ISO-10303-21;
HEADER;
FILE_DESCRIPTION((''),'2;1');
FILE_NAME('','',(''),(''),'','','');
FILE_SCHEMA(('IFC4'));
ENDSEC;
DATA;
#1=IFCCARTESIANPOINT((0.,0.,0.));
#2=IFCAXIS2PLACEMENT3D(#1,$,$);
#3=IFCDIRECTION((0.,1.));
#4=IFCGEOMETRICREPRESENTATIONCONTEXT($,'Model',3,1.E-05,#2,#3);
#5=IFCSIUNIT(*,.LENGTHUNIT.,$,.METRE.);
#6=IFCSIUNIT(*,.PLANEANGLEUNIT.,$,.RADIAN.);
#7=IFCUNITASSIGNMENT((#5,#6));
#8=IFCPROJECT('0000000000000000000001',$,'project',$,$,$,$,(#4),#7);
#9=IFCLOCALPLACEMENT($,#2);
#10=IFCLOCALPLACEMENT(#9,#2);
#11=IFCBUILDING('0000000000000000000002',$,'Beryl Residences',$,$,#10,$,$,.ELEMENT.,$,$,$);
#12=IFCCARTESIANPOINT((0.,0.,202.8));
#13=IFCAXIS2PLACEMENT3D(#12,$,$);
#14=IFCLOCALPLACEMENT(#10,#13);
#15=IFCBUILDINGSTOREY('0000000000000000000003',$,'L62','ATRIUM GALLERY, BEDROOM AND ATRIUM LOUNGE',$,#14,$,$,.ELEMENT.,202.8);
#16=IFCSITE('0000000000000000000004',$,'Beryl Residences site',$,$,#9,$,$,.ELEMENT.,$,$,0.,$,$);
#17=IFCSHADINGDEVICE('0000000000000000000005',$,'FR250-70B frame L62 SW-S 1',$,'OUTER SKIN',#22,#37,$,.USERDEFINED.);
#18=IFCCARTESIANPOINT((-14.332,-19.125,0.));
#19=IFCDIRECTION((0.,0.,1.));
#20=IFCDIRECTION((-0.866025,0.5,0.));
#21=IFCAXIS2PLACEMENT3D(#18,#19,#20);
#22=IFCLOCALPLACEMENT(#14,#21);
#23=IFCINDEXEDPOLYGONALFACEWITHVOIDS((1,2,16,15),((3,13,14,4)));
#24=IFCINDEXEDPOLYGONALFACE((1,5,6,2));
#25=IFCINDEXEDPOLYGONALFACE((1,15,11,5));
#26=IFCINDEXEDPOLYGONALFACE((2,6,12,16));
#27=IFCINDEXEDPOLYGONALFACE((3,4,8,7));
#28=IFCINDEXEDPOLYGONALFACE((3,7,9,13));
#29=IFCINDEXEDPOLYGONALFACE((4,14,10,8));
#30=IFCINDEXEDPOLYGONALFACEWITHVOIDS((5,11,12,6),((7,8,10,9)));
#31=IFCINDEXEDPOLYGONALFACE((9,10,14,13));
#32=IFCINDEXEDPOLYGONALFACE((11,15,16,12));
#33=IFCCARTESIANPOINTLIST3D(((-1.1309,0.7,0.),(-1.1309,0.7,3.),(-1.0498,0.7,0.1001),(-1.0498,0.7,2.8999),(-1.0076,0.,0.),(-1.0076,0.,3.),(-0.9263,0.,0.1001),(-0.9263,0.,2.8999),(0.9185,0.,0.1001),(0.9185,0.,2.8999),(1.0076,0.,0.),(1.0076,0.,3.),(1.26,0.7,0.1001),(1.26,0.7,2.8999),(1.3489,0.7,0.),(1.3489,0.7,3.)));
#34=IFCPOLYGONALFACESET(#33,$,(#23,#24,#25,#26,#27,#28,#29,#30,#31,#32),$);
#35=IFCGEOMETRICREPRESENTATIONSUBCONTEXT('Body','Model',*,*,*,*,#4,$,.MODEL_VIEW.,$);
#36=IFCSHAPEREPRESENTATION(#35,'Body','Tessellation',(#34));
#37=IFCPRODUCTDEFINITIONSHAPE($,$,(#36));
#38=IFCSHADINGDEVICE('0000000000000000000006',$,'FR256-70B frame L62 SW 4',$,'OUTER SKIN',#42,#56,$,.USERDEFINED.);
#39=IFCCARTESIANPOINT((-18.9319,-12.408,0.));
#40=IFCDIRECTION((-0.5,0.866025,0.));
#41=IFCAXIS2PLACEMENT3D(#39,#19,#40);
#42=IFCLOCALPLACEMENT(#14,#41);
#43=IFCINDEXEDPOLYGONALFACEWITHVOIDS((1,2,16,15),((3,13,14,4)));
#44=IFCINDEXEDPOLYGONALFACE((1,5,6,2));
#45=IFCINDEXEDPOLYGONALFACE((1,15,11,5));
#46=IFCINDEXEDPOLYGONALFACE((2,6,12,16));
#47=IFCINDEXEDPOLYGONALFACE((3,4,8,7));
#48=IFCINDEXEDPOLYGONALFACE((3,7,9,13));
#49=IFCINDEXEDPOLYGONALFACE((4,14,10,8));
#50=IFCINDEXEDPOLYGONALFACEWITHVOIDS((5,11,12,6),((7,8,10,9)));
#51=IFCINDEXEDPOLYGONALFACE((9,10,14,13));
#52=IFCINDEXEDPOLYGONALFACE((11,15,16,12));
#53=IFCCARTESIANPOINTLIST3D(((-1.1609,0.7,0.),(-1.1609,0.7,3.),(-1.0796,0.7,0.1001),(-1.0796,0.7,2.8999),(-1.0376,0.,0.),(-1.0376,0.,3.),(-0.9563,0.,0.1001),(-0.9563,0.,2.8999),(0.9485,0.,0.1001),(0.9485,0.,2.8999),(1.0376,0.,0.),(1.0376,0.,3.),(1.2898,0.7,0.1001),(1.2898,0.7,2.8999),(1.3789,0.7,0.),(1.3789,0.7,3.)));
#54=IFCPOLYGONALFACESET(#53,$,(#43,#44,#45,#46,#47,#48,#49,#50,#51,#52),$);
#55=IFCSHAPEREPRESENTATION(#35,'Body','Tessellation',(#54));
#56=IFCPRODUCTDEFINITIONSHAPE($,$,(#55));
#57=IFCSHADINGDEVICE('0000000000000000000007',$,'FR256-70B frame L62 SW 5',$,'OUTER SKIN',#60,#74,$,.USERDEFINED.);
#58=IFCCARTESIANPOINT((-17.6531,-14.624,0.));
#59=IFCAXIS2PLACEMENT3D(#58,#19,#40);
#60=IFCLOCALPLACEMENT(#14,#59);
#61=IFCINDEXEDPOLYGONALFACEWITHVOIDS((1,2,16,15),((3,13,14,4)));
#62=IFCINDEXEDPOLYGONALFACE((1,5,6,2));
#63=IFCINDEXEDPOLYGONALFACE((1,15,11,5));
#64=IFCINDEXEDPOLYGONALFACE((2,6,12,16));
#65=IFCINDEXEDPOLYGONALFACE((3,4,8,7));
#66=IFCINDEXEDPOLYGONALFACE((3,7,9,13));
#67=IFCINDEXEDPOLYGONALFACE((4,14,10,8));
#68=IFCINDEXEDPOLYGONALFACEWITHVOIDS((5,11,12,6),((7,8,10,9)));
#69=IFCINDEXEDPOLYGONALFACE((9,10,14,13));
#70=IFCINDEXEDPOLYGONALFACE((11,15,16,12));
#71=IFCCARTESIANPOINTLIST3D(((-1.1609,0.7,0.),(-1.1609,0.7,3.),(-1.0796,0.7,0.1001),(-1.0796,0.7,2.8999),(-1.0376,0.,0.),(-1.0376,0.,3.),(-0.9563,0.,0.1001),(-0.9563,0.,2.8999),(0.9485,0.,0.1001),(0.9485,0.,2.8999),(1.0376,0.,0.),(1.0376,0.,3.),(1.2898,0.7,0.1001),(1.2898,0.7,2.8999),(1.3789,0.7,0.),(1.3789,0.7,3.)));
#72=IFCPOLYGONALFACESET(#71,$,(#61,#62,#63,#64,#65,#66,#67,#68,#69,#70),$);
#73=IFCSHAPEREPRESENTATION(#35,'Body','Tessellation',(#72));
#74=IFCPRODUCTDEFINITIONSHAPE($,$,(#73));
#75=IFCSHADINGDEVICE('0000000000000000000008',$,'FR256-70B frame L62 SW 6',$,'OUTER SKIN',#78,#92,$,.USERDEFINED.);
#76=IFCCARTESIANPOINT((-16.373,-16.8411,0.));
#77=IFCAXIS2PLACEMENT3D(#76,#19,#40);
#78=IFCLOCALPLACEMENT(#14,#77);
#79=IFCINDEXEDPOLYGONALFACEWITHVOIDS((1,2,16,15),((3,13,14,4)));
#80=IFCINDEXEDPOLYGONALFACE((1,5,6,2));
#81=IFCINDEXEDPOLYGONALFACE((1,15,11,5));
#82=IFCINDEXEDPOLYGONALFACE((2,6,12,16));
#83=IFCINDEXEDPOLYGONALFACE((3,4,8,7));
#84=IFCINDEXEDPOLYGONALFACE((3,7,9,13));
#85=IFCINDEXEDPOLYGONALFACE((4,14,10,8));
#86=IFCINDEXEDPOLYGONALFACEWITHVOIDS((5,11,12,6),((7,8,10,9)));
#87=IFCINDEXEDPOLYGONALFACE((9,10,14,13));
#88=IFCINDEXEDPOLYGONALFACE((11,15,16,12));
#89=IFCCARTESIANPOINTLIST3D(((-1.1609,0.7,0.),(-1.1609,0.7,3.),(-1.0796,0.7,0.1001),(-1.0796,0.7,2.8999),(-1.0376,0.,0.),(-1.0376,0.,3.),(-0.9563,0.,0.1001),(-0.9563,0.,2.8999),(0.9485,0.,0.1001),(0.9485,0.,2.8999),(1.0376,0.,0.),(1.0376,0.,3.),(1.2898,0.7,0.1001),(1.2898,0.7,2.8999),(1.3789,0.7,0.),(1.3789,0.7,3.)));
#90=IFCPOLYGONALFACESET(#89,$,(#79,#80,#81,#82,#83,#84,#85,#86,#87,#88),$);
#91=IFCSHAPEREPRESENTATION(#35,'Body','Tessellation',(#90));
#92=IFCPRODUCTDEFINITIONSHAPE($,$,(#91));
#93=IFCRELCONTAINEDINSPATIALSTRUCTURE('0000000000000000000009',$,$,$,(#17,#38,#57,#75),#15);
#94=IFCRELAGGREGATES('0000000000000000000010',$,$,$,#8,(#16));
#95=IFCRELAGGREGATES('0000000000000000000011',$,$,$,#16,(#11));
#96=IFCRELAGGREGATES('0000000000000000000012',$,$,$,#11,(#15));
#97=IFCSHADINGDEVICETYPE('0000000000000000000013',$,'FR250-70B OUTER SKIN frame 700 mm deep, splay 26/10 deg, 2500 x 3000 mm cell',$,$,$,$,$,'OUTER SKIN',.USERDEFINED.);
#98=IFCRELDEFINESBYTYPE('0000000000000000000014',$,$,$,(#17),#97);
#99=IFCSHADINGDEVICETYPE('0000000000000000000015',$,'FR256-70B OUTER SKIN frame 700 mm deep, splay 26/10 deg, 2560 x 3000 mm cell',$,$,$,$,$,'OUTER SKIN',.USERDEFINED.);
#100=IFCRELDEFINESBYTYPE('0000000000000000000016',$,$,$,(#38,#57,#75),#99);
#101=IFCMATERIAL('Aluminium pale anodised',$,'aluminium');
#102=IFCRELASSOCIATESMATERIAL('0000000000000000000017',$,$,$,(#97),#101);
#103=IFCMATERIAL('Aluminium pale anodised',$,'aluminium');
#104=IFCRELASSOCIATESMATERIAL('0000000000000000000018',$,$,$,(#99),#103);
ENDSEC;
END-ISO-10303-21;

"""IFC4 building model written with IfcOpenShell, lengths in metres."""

from ifc_helpers import new_model, entity, si_unit, direction, frame, origin, place, context, subcontext, project, spatial, source, transform, mapped, material, type_object, type_shapes, element, save


model = new_model("IFC4")

# Units and contexts
model_context = context("Model", 3, precision=1e-05, world=origin(), true_north=direction((0.0, 1.0)))
body_context = subcontext(model_context, "Body", "Model", "MODEL_VIEW")
ifc_project = project(units=[si_unit("LENGTHUNIT", "METRE"), si_unit("PLANEANGLEUNIT", "RADIAN")], contexts=[model_context])

# Site, building, storey
site_placement = place(None, origin())
site = spatial("IfcSite", under=ifc_project, at=site_placement, Name="Beryl Residences site", CompositionType="ELEMENT", RefElevation=0.0)
building_placement = place(site_placement, origin())
building = spatial("IfcBuilding", under=site, at=building_placement, Name="Beryl Residences", CompositionType="ELEMENT")
storey_placement = place(building_placement, frame((0.0, 0.0, 202.8)))
storey = spatial("IfcBuildingStorey", under=building, at=storey_placement, Name="L62", Description="ATRIUM GALLERY, BEDROOM AND ATRIUM LOUNGE", CompositionType="ELEMENT", Elevation=202.8)

# Shading devices
ifc_material_1 = material(Name="Aluminium pale anodised", Category="aluminium")
shading_device_type_1 = type_object("IfcShadingDeviceType", Name="FR250-70B OUTER SKIN frame 700 mm deep, splay 26/10 deg, 2500 x 3000 mm cell", ElementType="OUTER SKIN", PredefinedType="USERDEFINED", material=ifc_material_1)
cartesian_point_1 = entity("IfcCartesianPoint", [-1.0076, 0.0])
cartesian_point_2 = entity("IfcCartesianPoint", [-0.9185, 0.1001])
cartesian_point_3 = entity("IfcCartesianPoint", [-1.3489, 0.0])
cartesian_point_4 = entity("IfcCartesianPoint", [-1.26, 0.1001])
shared_shape_1 = source(origin(), body_context, "Body", "SweptSolid", [
    entity("IfcExtrudedAreaSolidTapered", entity("IfcArbitraryProfileDefWithVoids", "AREA", None, entity("IfcPolyline", [cartesian_point_1, entity("IfcCartesianPoint", [1.0076, 0.0]), entity("IfcCartesianPoint", [1.0076, 3.0]), entity("IfcCartesianPoint", [-1.0076, 3.0]), cartesian_point_1]), [entity("IfcPolyline", [cartesian_point_2, entity("IfcCartesianPoint", [0.9263, 0.1001]), entity("IfcCartesianPoint", [0.9263, 2.8999]), entity("IfcCartesianPoint", [-0.9185, 2.8999]), cartesian_point_2])]), entity("IfcAxis2Placement3D", entity("IfcCartesianPoint", [0.0, 0.0, 0.0]), entity("IfcDirection", [0.0, 1.0, 0.0]), entity("IfcDirection", [-1.0, 0.0, 0.0])), entity("IfcDirection", [0.0, 0.0, 1.0]), 0.7, entity("IfcArbitraryProfileDefWithVoids", "AREA", None, entity("IfcPolyline", [cartesian_point_3, entity("IfcCartesianPoint", [1.1309, 0.0]), entity("IfcCartesianPoint", [1.1309, 3.0]), entity("IfcCartesianPoint", [-1.3489, 3.0]), cartesian_point_3]), [entity("IfcPolyline", [cartesian_point_4, entity("IfcCartesianPoint", [1.0498, 0.1001]), entity("IfcCartesianPoint", [1.0498, 2.8999]), entity("IfcCartesianPoint", [-1.26, 2.8999]), cartesian_point_4])])),
])
type_shapes(shading_device_type_1, [shared_shape_1])
shading_device_placement = place(storey_placement, frame((-14.332, -19.125, 0.0), z_axis=(0.0, 0.0, 1.0), x_axis=(-0.866025, 0.5, 0.0)))
element("IfcShadingDevice", 1, at=shading_device_placement, inside=storey, type_object=shading_device_type_1, Name="FR250-70B frame L62 SW-S 1", ObjectType="OUTER SKIN", PredefinedType="USERDEFINED", context=body_context, shape_type="MappedRepresentation", body=[
    mapped(shared_shape_1, transform((0.0, 0.0, 0.0))),
])
ifc_material_2 = material(Name="Aluminium pale anodised", Category="aluminium")
shading_device_type_2 = type_object("IfcShadingDeviceType", Name="FR256-70B OUTER SKIN frame 700 mm deep, splay 26/10 deg, 2560 x 3000 mm cell", ElementType="OUTER SKIN", PredefinedType="USERDEFINED", material=ifc_material_2)
cartesian_point_5 = entity("IfcCartesianPoint", [-1.0376, 0.0])
cartesian_point_6 = entity("IfcCartesianPoint", [-0.9485, 0.1001])
cartesian_point_7 = entity("IfcCartesianPoint", [-1.3789, 0.0])
cartesian_point_8 = entity("IfcCartesianPoint", [-1.2898, 0.1001])
shared_shape_2 = source(origin(), body_context, "Body", "SweptSolid", [
    entity("IfcExtrudedAreaSolidTapered", entity("IfcArbitraryProfileDefWithVoids", "AREA", None, entity("IfcPolyline", [cartesian_point_5, entity("IfcCartesianPoint", [1.0376, 0.0]), entity("IfcCartesianPoint", [1.0376, 3.0]), entity("IfcCartesianPoint", [-1.0376, 3.0]), cartesian_point_5]), [entity("IfcPolyline", [cartesian_point_6, entity("IfcCartesianPoint", [0.9563, 0.1001]), entity("IfcCartesianPoint", [0.9563, 2.8999]), entity("IfcCartesianPoint", [-0.9485, 2.8999]), cartesian_point_6])]), entity("IfcAxis2Placement3D", entity("IfcCartesianPoint", [0.0, 0.0, 0.0]), entity("IfcDirection", [0.0, 1.0, 0.0]), entity("IfcDirection", [-1.0, 0.0, 0.0])), entity("IfcDirection", [0.0, 0.0, 1.0]), 0.7, entity("IfcArbitraryProfileDefWithVoids", "AREA", None, entity("IfcPolyline", [cartesian_point_7, entity("IfcCartesianPoint", [1.1609, 0.0]), entity("IfcCartesianPoint", [1.1609, 3.0]), entity("IfcCartesianPoint", [-1.3789, 3.0]), cartesian_point_7]), [entity("IfcPolyline", [cartesian_point_8, entity("IfcCartesianPoint", [1.0796, 0.1001]), entity("IfcCartesianPoint", [1.0796, 2.8999]), entity("IfcCartesianPoint", [-1.2898, 2.8999]), cartesian_point_8])])),
])
type_shapes(shading_device_type_2, [shared_shape_2])
for number, where, z_axis, x_axis, name in (
    (2, (-18.9319, -12.408, 0.0), (0.0, 0.0, 1.0), (-0.5, 0.866025, 0.0), "FR256-70B frame L62 SW 4"),
    (3, (-17.6531, -14.624, 0.0), (0.0, 0.0, 1.0), (-0.5, 0.866025, 0.0), "FR256-70B frame L62 SW 5"),
    (4, (-16.373, -16.8411, 0.0), (0.0, 0.0, 1.0), (-0.5, 0.866025, 0.0), "FR256-70B frame L62 SW 6"),
):
    element("IfcShadingDevice", number, at=place(storey_placement, frame(where, z_axis=z_axis, x_axis=x_axis)), inside=storey, type_object=shading_device_type_2, Name=name, ObjectType="OUTER SKIN", PredefinedType="USERDEFINED", context=body_context, shape_type="MappedRepresentation", body=[
        mapped(shared_shape_2, transform((0.0, 0.0, 0.0))),
    ])

save(model, "model.ifc")
